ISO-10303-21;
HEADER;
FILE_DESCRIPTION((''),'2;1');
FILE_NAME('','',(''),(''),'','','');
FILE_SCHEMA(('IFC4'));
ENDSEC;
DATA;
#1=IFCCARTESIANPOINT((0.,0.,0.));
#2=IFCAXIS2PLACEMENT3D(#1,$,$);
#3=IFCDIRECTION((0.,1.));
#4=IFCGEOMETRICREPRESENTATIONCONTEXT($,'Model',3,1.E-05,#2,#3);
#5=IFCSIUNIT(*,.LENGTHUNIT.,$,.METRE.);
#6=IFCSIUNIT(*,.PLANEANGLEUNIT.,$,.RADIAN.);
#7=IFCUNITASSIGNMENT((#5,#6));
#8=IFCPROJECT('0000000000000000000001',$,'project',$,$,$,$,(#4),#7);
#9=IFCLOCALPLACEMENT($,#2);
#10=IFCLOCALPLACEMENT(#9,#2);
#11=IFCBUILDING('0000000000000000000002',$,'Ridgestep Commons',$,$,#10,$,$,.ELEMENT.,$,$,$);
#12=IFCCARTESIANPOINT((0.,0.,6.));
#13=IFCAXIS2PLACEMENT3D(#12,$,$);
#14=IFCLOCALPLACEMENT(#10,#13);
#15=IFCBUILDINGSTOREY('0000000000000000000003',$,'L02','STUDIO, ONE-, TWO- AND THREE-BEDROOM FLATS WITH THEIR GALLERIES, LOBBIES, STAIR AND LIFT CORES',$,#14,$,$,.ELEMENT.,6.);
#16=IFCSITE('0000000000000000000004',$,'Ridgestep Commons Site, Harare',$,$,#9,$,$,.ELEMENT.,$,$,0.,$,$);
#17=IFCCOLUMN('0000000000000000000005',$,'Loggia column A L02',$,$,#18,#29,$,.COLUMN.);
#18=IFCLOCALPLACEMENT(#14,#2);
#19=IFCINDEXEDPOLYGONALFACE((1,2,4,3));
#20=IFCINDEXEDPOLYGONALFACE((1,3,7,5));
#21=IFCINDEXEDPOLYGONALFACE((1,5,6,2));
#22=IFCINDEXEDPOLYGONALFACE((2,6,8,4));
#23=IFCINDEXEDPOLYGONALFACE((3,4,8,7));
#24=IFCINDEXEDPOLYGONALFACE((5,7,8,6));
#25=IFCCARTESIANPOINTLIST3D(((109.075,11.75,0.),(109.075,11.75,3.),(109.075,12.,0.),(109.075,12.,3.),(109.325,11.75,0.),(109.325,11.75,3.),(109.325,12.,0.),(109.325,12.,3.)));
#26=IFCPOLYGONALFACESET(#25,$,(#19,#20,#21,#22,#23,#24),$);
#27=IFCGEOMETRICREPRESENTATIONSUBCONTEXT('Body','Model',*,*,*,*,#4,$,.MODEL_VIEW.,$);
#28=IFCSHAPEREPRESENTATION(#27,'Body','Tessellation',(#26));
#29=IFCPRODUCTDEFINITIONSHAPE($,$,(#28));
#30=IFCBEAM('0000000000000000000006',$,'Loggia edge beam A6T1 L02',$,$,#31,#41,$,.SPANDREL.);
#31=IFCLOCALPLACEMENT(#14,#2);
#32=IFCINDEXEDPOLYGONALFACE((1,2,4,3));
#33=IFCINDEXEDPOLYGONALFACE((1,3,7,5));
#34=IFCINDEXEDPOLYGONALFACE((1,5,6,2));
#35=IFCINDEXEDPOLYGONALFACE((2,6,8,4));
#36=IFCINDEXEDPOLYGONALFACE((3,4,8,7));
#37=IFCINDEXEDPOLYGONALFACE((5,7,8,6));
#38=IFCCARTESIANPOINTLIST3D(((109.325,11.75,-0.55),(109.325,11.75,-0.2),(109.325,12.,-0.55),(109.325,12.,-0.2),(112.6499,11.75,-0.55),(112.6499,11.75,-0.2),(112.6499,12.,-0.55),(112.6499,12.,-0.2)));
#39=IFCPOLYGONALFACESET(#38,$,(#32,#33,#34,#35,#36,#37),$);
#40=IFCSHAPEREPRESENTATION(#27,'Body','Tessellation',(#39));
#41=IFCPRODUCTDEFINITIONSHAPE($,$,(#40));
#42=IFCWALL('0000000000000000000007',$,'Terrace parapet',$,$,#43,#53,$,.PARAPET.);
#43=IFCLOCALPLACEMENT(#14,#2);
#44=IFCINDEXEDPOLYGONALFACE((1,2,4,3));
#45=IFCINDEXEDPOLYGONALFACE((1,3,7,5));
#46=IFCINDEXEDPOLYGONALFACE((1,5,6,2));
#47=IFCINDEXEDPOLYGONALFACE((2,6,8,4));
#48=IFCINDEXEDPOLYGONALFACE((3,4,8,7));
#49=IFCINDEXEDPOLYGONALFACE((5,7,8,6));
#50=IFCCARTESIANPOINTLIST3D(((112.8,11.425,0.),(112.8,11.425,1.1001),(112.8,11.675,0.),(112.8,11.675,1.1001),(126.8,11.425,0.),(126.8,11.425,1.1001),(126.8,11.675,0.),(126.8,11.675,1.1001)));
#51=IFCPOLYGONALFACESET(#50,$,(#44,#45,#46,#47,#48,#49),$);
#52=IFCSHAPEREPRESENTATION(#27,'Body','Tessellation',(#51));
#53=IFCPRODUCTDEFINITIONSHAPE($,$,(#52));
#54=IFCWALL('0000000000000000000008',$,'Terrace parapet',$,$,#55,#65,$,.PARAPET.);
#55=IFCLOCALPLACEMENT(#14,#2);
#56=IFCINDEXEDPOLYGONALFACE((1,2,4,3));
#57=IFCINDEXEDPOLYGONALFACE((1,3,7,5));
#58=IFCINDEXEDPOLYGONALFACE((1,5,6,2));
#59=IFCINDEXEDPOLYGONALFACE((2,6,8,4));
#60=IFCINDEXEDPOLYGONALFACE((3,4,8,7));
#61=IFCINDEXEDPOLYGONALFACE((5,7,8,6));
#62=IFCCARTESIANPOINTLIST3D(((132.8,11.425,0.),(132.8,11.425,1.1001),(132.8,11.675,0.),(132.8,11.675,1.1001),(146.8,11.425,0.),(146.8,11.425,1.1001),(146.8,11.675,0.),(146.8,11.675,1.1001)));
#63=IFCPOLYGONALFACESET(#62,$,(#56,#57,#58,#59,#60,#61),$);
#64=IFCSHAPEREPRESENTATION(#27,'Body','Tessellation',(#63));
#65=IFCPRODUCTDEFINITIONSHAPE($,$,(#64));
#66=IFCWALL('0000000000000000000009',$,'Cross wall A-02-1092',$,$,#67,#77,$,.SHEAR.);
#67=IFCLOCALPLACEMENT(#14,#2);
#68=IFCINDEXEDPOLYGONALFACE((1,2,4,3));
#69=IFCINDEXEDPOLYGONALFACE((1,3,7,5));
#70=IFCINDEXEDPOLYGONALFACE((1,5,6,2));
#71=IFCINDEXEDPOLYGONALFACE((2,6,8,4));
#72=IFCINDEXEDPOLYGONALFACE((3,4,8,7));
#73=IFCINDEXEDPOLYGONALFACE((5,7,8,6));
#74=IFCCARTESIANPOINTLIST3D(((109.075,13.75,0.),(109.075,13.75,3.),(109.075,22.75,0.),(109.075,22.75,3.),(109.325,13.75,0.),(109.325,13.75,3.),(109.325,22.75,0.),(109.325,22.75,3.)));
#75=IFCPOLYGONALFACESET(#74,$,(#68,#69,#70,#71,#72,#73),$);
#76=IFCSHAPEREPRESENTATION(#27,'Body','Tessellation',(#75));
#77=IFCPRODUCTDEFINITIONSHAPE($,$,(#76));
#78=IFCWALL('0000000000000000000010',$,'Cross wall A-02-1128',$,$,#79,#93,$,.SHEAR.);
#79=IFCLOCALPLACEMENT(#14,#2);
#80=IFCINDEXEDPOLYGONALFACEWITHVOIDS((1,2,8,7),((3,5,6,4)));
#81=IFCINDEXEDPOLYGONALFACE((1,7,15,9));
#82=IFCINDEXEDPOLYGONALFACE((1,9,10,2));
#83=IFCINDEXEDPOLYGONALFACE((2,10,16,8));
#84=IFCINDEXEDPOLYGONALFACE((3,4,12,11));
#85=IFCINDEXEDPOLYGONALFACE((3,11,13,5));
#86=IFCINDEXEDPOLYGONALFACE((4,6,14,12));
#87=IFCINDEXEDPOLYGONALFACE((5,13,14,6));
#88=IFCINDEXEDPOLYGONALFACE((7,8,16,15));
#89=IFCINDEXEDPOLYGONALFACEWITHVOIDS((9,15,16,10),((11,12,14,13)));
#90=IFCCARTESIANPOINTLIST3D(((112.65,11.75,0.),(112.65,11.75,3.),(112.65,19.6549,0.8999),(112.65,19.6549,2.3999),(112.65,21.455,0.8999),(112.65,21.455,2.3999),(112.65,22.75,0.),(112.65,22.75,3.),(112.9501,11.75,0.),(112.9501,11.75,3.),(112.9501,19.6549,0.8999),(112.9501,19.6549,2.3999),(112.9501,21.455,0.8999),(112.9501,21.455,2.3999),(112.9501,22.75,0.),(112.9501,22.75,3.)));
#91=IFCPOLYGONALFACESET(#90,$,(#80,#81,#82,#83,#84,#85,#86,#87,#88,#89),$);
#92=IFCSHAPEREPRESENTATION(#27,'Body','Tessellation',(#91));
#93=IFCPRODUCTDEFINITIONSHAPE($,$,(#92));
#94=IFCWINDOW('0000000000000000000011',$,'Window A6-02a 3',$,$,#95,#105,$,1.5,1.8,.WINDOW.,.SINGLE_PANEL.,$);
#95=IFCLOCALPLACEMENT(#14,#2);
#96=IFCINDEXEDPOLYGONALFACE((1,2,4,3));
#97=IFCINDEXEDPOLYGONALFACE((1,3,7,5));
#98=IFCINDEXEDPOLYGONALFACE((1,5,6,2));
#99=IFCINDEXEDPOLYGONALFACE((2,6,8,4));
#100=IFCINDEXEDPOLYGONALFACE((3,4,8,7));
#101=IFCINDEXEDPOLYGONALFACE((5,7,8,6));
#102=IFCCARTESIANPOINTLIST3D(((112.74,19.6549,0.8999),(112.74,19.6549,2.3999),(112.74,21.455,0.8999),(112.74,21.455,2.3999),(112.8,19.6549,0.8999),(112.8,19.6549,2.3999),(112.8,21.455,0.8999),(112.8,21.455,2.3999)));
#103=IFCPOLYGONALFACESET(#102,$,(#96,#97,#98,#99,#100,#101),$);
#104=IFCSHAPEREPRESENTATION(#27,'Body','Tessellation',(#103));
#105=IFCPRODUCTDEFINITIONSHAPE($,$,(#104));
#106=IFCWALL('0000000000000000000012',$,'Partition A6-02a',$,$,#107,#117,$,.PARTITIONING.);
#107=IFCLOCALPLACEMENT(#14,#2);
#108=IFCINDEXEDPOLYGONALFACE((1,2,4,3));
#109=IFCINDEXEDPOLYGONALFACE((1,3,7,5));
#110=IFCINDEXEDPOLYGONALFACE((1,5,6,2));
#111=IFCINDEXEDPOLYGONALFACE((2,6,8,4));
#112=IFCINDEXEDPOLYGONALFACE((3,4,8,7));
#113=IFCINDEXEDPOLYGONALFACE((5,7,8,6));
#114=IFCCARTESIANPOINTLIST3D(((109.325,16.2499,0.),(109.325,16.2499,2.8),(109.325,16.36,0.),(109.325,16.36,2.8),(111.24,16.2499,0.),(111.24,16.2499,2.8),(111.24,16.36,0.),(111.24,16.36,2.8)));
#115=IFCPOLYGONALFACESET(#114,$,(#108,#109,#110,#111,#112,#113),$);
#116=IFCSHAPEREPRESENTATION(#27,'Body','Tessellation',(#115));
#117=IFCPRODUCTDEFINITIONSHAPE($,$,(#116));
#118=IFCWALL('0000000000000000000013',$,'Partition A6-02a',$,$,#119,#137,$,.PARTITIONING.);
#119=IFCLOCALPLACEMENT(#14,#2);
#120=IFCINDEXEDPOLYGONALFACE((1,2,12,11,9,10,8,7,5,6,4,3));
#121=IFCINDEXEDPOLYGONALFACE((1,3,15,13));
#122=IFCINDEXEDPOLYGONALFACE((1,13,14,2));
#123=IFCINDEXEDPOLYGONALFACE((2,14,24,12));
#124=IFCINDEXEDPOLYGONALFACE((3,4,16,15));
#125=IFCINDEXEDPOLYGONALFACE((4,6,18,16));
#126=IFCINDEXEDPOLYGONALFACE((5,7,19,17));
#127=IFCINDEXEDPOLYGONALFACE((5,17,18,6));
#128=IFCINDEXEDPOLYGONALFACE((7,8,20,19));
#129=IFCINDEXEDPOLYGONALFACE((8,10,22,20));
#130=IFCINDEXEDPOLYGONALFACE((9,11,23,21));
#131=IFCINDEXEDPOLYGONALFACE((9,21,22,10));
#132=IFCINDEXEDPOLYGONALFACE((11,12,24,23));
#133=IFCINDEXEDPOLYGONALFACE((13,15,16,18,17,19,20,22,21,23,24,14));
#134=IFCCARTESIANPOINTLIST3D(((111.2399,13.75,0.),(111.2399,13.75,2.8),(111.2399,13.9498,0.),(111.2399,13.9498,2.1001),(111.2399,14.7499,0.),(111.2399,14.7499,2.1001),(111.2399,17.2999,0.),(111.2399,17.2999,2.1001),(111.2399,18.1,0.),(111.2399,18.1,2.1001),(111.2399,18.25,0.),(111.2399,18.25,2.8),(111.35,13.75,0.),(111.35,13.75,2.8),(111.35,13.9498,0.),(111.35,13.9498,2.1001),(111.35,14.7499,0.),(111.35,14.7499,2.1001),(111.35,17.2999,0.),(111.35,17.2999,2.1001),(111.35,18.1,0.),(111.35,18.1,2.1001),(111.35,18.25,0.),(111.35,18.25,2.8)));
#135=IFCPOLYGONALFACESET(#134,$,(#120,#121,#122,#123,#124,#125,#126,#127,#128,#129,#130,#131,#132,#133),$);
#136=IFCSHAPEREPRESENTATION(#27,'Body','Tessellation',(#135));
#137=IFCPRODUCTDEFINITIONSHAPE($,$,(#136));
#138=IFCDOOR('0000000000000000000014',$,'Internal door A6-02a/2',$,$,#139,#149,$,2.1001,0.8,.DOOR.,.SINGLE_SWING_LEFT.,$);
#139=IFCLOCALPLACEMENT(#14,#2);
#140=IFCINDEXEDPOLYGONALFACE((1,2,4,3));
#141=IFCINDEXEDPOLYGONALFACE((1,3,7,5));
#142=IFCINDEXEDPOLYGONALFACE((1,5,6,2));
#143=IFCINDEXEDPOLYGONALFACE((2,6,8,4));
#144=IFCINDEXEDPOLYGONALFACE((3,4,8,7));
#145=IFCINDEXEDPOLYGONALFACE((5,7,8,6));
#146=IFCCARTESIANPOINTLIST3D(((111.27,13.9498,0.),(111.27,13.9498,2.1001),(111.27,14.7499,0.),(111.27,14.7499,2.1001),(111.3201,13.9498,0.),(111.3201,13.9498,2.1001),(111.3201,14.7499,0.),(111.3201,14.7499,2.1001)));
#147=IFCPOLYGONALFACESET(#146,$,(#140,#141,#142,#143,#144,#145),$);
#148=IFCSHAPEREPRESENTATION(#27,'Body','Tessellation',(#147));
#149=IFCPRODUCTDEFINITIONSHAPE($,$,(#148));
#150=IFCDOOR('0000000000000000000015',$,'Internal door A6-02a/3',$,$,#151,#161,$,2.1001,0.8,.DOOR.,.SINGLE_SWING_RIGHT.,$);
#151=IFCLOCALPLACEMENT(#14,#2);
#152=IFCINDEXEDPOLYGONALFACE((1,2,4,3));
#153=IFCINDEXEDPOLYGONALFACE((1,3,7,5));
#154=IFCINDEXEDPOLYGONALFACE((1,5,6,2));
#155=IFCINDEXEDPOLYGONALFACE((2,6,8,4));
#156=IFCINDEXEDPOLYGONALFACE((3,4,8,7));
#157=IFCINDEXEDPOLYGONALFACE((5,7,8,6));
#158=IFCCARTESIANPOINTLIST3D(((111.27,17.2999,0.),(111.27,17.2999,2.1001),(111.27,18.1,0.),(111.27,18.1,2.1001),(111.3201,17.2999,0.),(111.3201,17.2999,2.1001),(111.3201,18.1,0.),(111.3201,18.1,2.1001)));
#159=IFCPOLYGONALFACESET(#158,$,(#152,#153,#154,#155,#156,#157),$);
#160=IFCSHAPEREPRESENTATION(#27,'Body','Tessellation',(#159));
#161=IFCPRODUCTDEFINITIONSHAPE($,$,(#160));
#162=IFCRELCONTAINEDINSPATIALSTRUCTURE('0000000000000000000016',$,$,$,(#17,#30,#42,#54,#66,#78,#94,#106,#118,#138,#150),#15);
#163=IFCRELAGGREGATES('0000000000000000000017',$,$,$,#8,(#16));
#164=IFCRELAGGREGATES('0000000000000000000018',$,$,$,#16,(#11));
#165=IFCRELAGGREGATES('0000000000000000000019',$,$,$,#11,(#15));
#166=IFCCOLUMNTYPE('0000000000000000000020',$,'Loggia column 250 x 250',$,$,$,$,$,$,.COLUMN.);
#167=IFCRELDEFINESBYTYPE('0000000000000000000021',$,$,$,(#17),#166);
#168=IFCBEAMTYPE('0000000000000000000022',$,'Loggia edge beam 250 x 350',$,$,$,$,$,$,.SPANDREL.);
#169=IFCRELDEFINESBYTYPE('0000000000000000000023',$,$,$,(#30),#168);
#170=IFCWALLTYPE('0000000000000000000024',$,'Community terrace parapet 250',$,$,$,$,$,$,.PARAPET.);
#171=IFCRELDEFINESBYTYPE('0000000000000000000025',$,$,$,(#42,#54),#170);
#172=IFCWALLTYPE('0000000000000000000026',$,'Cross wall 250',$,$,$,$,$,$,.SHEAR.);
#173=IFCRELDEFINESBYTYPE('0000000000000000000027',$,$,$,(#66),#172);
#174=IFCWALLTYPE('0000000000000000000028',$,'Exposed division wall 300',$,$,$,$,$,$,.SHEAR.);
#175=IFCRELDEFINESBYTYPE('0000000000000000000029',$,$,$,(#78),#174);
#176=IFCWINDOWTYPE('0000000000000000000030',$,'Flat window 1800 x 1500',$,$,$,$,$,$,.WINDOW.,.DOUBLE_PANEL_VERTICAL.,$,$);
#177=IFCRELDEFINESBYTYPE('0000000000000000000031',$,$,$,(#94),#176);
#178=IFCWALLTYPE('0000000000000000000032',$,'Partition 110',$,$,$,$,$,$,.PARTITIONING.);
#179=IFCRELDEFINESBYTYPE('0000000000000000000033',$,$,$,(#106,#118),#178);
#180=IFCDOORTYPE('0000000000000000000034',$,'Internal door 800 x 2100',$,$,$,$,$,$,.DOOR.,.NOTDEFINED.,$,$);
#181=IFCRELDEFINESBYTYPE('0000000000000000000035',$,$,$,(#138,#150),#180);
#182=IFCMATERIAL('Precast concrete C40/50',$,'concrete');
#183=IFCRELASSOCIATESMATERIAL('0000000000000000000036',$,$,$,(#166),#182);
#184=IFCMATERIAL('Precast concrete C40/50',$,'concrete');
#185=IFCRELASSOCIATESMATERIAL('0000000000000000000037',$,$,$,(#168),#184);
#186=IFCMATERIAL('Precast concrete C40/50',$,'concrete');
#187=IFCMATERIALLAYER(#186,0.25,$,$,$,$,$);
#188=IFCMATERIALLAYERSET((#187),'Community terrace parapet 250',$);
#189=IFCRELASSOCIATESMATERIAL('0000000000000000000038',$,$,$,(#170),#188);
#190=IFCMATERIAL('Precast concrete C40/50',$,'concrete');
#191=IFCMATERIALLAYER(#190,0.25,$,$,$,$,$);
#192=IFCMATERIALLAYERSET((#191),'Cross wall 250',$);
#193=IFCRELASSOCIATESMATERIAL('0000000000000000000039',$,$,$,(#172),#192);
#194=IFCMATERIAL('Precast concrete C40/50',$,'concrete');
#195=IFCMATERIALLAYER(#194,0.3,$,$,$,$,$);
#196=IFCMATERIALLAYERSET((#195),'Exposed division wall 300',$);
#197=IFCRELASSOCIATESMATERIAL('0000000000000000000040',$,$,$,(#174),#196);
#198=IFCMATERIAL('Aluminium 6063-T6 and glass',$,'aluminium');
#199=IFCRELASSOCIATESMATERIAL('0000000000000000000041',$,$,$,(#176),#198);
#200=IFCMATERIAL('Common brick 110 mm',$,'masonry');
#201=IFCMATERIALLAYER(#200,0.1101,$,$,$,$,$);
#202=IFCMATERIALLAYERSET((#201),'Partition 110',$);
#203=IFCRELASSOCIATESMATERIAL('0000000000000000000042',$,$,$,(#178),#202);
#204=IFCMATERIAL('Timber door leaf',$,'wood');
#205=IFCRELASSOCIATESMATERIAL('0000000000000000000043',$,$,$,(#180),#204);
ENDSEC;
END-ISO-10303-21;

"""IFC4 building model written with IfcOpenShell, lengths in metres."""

from ifc_helpers import new_model, si_unit, direction, frame, frame_2d, origin, origin_2d, place, context, subcontext, project, spatial, rectangle, extrude, material, layer, layer_set, material_profile, profile_set, type_object, element, fill, save


model = new_model("IFC4")

# Units and contexts
model_context = context("Model", 3, precision=1e-05, world=origin(), true_north=direction((0.0, 1.0)))
body_context = subcontext(model_context, "Body", "Model", "MODEL_VIEW")
ifc_project = project(units=[si_unit("LENGTHUNIT", "METRE"), si_unit("PLANEANGLEUNIT", "RADIAN")], contexts=[model_context])

# Site, building, storey
site_placement = place(None, origin())
site = spatial("IfcSite", under=ifc_project, at=site_placement, Name="Ridgestep Commons Site, Harare", CompositionType="ELEMENT", RefElevation=0.0)
building_placement = place(site_placement, origin())
building = spatial("IfcBuilding", under=site, at=building_placement, Name="Ridgestep Commons", CompositionType="ELEMENT")
storey_placement = place(building_placement, frame((0.0, 0.0, 6.0)))
storey = spatial("IfcBuildingStorey", under=building, at=storey_placement, Name="L02", Description="STUDIO, ONE-, TWO- AND THREE-BEDROOM FLATS WITH THEIR GALLERIES, LOBBIES, STAIR AND LIFT CORES", CompositionType="ELEMENT", Elevation=6.0)

# Column
ifc_material_1 = material(Name="Precast concrete C40/50", Category="concrete")
ifc_material_profile_1 = material_profile(ifc_material_1, rectangle(XDim=0.25, YDim=0.25, at=origin_2d()), Name="PC 250x250")
ifc_profile_set_1 = profile_set([ifc_material_profile_1], Name="Precast concrete C40/50")
column_type = type_object("IfcColumnType", Name="Loggia column 250 x 250", PredefinedType="COLUMN", material=ifc_profile_set_1)
column_placement = place(storey_placement, frame((109.2, 11.875, 0.0), z_axis=(0.0, 0.0, 1.0), x_axis=(1.0, 0.0, 0.0)))
element("IfcColumn", 1, at=column_placement, inside=storey, type_object=column_type, Name="Loggia column A L02", PredefinedType="COLUMN", context=body_context, shape_type="SweptSolid", body=[
    extrude(rectangle(XDim=0.25, YDim=0.25, at=origin_2d()), origin(), (0.0, 0.0, 1.0), 3.0),
])

# Beam
ifc_material_2 = material(Name="Precast concrete C40/50", Category="concrete")
ifc_material_profile_2 = material_profile(ifc_material_2, rectangle(XDim=0.25, YDim=0.3501, at=origin_2d()), Name="PC 250x350")
ifc_profile_set_2 = profile_set([ifc_material_profile_2], Name="Precast concrete C40/50")
beam_type = type_object("IfcBeamType", Name="Loggia edge beam 250 x 350", PredefinedType="SPANDREL", material=ifc_profile_set_2)
beam_placement = place(storey_placement, frame((109.325, 11.875, -0.375), z_axis=(1.0, 0.0, 0.0), x_axis=(0.0, 1.0, 0.0)))
element("IfcBeam", 2, at=beam_placement, inside=storey, type_object=beam_type, Name="Loggia edge beam A6T1 L02", PredefinedType="SPANDREL", context=body_context, shape_type="SweptSolid", body=[
    extrude(rectangle(XDim=0.25, YDim=0.3501, at=origin_2d()), origin(), (0.0, 0.0, 1.0), 3.325),
])

# Walls
ifc_material_3 = material(Name="Precast concrete C40/50", Category="concrete")
ifc_layer_1 = layer(ifc_material_3, 0.25)
ifc_layer_set_1 = layer_set([ifc_layer_1], Name="Community terrace parapet 250")
wall_type_1 = type_object("IfcWallType", Name="Community terrace parapet 250", PredefinedType="PARAPET", material=ifc_layer_set_1)
for number, where, z_axis, x_axis, name in (
    (3, (112.8, 11.55, 0.0), (0.0, 0.0, 1.0), (1.0, 0.0, 0.0), "Terrace parapet"),
    (4, (132.8, 11.55, 0.0), (0.0, 0.0, 1.0), (1.0, 0.0, 0.0), "Terrace parapet"),
):
    element("IfcWall", number, at=place(storey_placement, frame(where, z_axis=z_axis, x_axis=x_axis)), inside=storey, type_object=wall_type_1, Name=name, PredefinedType="PARAPET", context=body_context, shape_type="SweptSolid", body=[
        extrude(rectangle(XDim=14.0, YDim=0.25, at=frame_2d((7.0, 0.0))), origin(), (0.0, 0.0, 1.0), 1.1001),
    ])
ifc_material_4 = material(Name="Precast concrete C40/50", Category="concrete")
ifc_layer_2 = layer(ifc_material_4, 0.25)
ifc_layer_set_2 = layer_set([ifc_layer_2], Name="Cross wall 250")
wall_type_2 = type_object("IfcWallType", Name="Cross wall 250", PredefinedType="SHEAR", material=ifc_layer_set_2)
wall_1_placement = place(storey_placement, frame((109.2, 13.75, 0.0), z_axis=(0.0, 0.0, 1.0), x_axis=(0.0, 1.0, 0.0)))
element("IfcWall", 5, at=wall_1_placement, inside=storey, type_object=wall_type_2, Name="Cross wall A-02-1092", PredefinedType="SHEAR", context=body_context, shape_type="SweptSolid", body=[
    extrude(rectangle(XDim=9.0, YDim=0.25, at=frame_2d((4.5, 0.0))), origin(), (0.0, 0.0, 1.0), 3.0),
])

# Wall, opening, window
ifc_material_5 = material(Name="Precast concrete C40/50", Category="concrete")
ifc_layer_3 = layer(ifc_material_5, 0.3)
ifc_layer_set_3 = layer_set([ifc_layer_3], Name="Exposed division wall 300")
wall_type_3 = type_object("IfcWallType", Name="Exposed division wall 300", PredefinedType="SHEAR", material=ifc_layer_set_3)
wall_2_placement = place(storey_placement, frame((112.8, 11.75, 0.0), z_axis=(0.0, 0.0, 1.0), x_axis=(0.0, 1.0, 0.0)))
wall_2 = element("IfcWall", 6, at=wall_2_placement, inside=storey, type_object=wall_type_3, Name="Cross wall A-02-1128", PredefinedType="SHEAR", context=body_context, shape_type="SweptSolid", body=[
    extrude(rectangle(XDim=11.0, YDim=0.3, at=frame_2d((5.5, 0.0))), origin(), (0.0, 0.0, 1.0), 3.0),
])
opening_1_placement = place(wall_2_placement, frame((7.905, 0.0, 0.8999)))
opening_1 = element("IfcOpeningElement", 7, at=opening_1_placement, cuts=wall_2, PredefinedType="OPENING", context=body_context, shape_type="SweptSolid", body=[
    extrude(rectangle(XDim=1.8, YDim=1.5, at=frame_2d((0.8999, 0.75))), frame((0.0, 0.1599, 0.0), z_axis=(0.0, -1.0, 0.0), x_axis=(1.0, 0.0, 0.0)), (0.0, 0.0, 1.0), 0.3201),
])
ifc_material_6 = material(Name="Aluminium 6063-T6 and glass", Category="aluminium")
window_type_1 = type_object("IfcWindowType", Name="Flat window 1800 x 1500", PartitioningType="DOUBLE_PANEL_VERTICAL", PredefinedType="WINDOW", material=ifc_material_6)
window_1_placement = place(opening_1_placement, origin())
window_1 = element("IfcWindow", 8, at=window_1_placement, inside=storey, type_object=window_type_1, Name="Window A6-02a 3", OverallHeight=1.5, OverallWidth=1.8, PartitioningType="SINGLE_PANEL", PredefinedType="WINDOW", context=body_context, shape_type="SweptSolid", body=[
    extrude(rectangle(XDim=1.8, YDim=1.5, at=frame_2d((0.8999, 0.75))), frame((0.0, 0.0601, 0.0), z_axis=(0.0, -1.0, 0.0), x_axis=(1.0, 0.0, 0.0)), (0.0, 0.0, 1.0), 0.0601),
])
fill(opening_1, window_1)

# Wall
ifc_material_7 = material(Name="Common brick 110 mm", Category="masonry")
ifc_layer_4 = layer(ifc_material_7, 0.1101)
ifc_layer_set_4 = layer_set([ifc_layer_4], Name="Partition 110")
wall_type_4 = type_object("IfcWallType", Name="Partition 110", PredefinedType="PARTITIONING", material=ifc_layer_set_4)
wall_3_placement = place(storey_placement, frame((109.325, 16.3049, 0.0), z_axis=(0.0, 0.0, 1.0), x_axis=(1.0, 0.0, 0.0)))
element("IfcWall", 9, at=wall_3_placement, inside=storey, type_object=wall_type_4, Name="Partition A6-02a", PredefinedType="PARTITIONING", context=body_context, shape_type="SweptSolid", body=[
    extrude(rectangle(XDim=1.915, YDim=0.1101, at=frame_2d((0.9575, 0.0))), origin(), (0.0, 0.0, 1.0), 2.8),
])

# Wall, openings, doors
wall_4_placement = place(storey_placement, frame((111.2949, 13.75, 0.0), z_axis=(0.0, 0.0, 1.0), x_axis=(0.0, 1.0, 0.0)))
wall_4 = element("IfcWall", 10, at=wall_4_placement, inside=storey, type_object=wall_type_4, Name="Partition A6-02a", PredefinedType="PARTITIONING", context=body_context, shape_type="SweptSolid", body=[
    extrude(rectangle(XDim=4.5, YDim=0.1101, at=frame_2d((2.25, 0.0))), origin(), (0.0, 0.0, 1.0), 2.8),
])
opening_2_placement = place(wall_4_placement, frame((0.2, 0.0, 0.0)))
opening_2 = element("IfcOpeningElement", 11, at=opening_2_placement, cuts=wall_4, PredefinedType="OPENING", context=body_context, shape_type="SweptSolid", body=[
    extrude(rectangle(XDim=0.8, YDim=2.1001, at=frame_2d((0.3999, 1.05))), frame((0.0, 0.0649, 0.0), z_axis=(0.0, -1.0, 0.0), x_axis=(1.0, 0.0, 0.0)), (0.0, 0.0, 1.0), 0.1301),
])
opening_3_placement = place(wall_4_placement, frame((3.55, 0.0, 0.0)))
opening_3 = element("IfcOpeningElement", 12, at=opening_3_placement, cuts=wall_4, PredefinedType="OPENING", context=body_context, shape_type="SweptSolid", body=[
    extrude(rectangle(XDim=0.8, YDim=2.1001, at=frame_2d((0.3999, 1.05))), frame((0.0, 0.0649, 0.0), z_axis=(0.0, -1.0, 0.0), x_axis=(1.0, 0.0, 0.0)), (0.0, 0.0, 1.0), 0.1301),
])
ifc_material_8 = material(Name="Timber door leaf", Category="wood")
door_type_1 = type_object("IfcDoorType", Name="Internal door 800 x 2100", OperationType="NOTDEFINED", PredefinedType="DOOR", material=ifc_material_8)
door_1_placement = place(opening_2_placement, origin())
door_1 = element("IfcDoor", 13, at=door_1_placement, inside=storey, type_object=door_type_1, Name="Internal door A6-02a/2", OperationType="SINGLE_SWING_LEFT", OverallHeight=2.1001, OverallWidth=0.8, PredefinedType="DOOR", context=body_context, shape_type="SweptSolid", body=[
    extrude(rectangle(XDim=0.8, YDim=2.1001, at=frame_2d((0.3999, 1.05))), frame((0.0, 0.0249, 0.0), z_axis=(0.0, -1.0, 0.0), x_axis=(1.0, 0.0, 0.0)), (0.0, 0.0, 1.0), 0.05),
])
fill(opening_2, door_1)
door_2_placement = place(opening_3_placement, origin())
door_2 = element("IfcDoor", 14, at=door_2_placement, inside=storey, type_object=door_type_1, Name="Internal door A6-02a/3", OperationType="SINGLE_SWING_RIGHT", OverallHeight=2.1001, OverallWidth=0.8, PredefinedType="DOOR", context=body_context, shape_type="SweptSolid", body=[
    extrude(rectangle(XDim=0.8, YDim=2.1001, at=frame_2d((0.3999, 1.05))), frame((0.0, 0.0249, 0.0), z_axis=(0.0, -1.0, 0.0), x_axis=(1.0, 0.0, 0.0)), (0.0, 0.0, 1.0), 0.05),
])
fill(opening_3, door_2)

save(model, "model.ifc")
